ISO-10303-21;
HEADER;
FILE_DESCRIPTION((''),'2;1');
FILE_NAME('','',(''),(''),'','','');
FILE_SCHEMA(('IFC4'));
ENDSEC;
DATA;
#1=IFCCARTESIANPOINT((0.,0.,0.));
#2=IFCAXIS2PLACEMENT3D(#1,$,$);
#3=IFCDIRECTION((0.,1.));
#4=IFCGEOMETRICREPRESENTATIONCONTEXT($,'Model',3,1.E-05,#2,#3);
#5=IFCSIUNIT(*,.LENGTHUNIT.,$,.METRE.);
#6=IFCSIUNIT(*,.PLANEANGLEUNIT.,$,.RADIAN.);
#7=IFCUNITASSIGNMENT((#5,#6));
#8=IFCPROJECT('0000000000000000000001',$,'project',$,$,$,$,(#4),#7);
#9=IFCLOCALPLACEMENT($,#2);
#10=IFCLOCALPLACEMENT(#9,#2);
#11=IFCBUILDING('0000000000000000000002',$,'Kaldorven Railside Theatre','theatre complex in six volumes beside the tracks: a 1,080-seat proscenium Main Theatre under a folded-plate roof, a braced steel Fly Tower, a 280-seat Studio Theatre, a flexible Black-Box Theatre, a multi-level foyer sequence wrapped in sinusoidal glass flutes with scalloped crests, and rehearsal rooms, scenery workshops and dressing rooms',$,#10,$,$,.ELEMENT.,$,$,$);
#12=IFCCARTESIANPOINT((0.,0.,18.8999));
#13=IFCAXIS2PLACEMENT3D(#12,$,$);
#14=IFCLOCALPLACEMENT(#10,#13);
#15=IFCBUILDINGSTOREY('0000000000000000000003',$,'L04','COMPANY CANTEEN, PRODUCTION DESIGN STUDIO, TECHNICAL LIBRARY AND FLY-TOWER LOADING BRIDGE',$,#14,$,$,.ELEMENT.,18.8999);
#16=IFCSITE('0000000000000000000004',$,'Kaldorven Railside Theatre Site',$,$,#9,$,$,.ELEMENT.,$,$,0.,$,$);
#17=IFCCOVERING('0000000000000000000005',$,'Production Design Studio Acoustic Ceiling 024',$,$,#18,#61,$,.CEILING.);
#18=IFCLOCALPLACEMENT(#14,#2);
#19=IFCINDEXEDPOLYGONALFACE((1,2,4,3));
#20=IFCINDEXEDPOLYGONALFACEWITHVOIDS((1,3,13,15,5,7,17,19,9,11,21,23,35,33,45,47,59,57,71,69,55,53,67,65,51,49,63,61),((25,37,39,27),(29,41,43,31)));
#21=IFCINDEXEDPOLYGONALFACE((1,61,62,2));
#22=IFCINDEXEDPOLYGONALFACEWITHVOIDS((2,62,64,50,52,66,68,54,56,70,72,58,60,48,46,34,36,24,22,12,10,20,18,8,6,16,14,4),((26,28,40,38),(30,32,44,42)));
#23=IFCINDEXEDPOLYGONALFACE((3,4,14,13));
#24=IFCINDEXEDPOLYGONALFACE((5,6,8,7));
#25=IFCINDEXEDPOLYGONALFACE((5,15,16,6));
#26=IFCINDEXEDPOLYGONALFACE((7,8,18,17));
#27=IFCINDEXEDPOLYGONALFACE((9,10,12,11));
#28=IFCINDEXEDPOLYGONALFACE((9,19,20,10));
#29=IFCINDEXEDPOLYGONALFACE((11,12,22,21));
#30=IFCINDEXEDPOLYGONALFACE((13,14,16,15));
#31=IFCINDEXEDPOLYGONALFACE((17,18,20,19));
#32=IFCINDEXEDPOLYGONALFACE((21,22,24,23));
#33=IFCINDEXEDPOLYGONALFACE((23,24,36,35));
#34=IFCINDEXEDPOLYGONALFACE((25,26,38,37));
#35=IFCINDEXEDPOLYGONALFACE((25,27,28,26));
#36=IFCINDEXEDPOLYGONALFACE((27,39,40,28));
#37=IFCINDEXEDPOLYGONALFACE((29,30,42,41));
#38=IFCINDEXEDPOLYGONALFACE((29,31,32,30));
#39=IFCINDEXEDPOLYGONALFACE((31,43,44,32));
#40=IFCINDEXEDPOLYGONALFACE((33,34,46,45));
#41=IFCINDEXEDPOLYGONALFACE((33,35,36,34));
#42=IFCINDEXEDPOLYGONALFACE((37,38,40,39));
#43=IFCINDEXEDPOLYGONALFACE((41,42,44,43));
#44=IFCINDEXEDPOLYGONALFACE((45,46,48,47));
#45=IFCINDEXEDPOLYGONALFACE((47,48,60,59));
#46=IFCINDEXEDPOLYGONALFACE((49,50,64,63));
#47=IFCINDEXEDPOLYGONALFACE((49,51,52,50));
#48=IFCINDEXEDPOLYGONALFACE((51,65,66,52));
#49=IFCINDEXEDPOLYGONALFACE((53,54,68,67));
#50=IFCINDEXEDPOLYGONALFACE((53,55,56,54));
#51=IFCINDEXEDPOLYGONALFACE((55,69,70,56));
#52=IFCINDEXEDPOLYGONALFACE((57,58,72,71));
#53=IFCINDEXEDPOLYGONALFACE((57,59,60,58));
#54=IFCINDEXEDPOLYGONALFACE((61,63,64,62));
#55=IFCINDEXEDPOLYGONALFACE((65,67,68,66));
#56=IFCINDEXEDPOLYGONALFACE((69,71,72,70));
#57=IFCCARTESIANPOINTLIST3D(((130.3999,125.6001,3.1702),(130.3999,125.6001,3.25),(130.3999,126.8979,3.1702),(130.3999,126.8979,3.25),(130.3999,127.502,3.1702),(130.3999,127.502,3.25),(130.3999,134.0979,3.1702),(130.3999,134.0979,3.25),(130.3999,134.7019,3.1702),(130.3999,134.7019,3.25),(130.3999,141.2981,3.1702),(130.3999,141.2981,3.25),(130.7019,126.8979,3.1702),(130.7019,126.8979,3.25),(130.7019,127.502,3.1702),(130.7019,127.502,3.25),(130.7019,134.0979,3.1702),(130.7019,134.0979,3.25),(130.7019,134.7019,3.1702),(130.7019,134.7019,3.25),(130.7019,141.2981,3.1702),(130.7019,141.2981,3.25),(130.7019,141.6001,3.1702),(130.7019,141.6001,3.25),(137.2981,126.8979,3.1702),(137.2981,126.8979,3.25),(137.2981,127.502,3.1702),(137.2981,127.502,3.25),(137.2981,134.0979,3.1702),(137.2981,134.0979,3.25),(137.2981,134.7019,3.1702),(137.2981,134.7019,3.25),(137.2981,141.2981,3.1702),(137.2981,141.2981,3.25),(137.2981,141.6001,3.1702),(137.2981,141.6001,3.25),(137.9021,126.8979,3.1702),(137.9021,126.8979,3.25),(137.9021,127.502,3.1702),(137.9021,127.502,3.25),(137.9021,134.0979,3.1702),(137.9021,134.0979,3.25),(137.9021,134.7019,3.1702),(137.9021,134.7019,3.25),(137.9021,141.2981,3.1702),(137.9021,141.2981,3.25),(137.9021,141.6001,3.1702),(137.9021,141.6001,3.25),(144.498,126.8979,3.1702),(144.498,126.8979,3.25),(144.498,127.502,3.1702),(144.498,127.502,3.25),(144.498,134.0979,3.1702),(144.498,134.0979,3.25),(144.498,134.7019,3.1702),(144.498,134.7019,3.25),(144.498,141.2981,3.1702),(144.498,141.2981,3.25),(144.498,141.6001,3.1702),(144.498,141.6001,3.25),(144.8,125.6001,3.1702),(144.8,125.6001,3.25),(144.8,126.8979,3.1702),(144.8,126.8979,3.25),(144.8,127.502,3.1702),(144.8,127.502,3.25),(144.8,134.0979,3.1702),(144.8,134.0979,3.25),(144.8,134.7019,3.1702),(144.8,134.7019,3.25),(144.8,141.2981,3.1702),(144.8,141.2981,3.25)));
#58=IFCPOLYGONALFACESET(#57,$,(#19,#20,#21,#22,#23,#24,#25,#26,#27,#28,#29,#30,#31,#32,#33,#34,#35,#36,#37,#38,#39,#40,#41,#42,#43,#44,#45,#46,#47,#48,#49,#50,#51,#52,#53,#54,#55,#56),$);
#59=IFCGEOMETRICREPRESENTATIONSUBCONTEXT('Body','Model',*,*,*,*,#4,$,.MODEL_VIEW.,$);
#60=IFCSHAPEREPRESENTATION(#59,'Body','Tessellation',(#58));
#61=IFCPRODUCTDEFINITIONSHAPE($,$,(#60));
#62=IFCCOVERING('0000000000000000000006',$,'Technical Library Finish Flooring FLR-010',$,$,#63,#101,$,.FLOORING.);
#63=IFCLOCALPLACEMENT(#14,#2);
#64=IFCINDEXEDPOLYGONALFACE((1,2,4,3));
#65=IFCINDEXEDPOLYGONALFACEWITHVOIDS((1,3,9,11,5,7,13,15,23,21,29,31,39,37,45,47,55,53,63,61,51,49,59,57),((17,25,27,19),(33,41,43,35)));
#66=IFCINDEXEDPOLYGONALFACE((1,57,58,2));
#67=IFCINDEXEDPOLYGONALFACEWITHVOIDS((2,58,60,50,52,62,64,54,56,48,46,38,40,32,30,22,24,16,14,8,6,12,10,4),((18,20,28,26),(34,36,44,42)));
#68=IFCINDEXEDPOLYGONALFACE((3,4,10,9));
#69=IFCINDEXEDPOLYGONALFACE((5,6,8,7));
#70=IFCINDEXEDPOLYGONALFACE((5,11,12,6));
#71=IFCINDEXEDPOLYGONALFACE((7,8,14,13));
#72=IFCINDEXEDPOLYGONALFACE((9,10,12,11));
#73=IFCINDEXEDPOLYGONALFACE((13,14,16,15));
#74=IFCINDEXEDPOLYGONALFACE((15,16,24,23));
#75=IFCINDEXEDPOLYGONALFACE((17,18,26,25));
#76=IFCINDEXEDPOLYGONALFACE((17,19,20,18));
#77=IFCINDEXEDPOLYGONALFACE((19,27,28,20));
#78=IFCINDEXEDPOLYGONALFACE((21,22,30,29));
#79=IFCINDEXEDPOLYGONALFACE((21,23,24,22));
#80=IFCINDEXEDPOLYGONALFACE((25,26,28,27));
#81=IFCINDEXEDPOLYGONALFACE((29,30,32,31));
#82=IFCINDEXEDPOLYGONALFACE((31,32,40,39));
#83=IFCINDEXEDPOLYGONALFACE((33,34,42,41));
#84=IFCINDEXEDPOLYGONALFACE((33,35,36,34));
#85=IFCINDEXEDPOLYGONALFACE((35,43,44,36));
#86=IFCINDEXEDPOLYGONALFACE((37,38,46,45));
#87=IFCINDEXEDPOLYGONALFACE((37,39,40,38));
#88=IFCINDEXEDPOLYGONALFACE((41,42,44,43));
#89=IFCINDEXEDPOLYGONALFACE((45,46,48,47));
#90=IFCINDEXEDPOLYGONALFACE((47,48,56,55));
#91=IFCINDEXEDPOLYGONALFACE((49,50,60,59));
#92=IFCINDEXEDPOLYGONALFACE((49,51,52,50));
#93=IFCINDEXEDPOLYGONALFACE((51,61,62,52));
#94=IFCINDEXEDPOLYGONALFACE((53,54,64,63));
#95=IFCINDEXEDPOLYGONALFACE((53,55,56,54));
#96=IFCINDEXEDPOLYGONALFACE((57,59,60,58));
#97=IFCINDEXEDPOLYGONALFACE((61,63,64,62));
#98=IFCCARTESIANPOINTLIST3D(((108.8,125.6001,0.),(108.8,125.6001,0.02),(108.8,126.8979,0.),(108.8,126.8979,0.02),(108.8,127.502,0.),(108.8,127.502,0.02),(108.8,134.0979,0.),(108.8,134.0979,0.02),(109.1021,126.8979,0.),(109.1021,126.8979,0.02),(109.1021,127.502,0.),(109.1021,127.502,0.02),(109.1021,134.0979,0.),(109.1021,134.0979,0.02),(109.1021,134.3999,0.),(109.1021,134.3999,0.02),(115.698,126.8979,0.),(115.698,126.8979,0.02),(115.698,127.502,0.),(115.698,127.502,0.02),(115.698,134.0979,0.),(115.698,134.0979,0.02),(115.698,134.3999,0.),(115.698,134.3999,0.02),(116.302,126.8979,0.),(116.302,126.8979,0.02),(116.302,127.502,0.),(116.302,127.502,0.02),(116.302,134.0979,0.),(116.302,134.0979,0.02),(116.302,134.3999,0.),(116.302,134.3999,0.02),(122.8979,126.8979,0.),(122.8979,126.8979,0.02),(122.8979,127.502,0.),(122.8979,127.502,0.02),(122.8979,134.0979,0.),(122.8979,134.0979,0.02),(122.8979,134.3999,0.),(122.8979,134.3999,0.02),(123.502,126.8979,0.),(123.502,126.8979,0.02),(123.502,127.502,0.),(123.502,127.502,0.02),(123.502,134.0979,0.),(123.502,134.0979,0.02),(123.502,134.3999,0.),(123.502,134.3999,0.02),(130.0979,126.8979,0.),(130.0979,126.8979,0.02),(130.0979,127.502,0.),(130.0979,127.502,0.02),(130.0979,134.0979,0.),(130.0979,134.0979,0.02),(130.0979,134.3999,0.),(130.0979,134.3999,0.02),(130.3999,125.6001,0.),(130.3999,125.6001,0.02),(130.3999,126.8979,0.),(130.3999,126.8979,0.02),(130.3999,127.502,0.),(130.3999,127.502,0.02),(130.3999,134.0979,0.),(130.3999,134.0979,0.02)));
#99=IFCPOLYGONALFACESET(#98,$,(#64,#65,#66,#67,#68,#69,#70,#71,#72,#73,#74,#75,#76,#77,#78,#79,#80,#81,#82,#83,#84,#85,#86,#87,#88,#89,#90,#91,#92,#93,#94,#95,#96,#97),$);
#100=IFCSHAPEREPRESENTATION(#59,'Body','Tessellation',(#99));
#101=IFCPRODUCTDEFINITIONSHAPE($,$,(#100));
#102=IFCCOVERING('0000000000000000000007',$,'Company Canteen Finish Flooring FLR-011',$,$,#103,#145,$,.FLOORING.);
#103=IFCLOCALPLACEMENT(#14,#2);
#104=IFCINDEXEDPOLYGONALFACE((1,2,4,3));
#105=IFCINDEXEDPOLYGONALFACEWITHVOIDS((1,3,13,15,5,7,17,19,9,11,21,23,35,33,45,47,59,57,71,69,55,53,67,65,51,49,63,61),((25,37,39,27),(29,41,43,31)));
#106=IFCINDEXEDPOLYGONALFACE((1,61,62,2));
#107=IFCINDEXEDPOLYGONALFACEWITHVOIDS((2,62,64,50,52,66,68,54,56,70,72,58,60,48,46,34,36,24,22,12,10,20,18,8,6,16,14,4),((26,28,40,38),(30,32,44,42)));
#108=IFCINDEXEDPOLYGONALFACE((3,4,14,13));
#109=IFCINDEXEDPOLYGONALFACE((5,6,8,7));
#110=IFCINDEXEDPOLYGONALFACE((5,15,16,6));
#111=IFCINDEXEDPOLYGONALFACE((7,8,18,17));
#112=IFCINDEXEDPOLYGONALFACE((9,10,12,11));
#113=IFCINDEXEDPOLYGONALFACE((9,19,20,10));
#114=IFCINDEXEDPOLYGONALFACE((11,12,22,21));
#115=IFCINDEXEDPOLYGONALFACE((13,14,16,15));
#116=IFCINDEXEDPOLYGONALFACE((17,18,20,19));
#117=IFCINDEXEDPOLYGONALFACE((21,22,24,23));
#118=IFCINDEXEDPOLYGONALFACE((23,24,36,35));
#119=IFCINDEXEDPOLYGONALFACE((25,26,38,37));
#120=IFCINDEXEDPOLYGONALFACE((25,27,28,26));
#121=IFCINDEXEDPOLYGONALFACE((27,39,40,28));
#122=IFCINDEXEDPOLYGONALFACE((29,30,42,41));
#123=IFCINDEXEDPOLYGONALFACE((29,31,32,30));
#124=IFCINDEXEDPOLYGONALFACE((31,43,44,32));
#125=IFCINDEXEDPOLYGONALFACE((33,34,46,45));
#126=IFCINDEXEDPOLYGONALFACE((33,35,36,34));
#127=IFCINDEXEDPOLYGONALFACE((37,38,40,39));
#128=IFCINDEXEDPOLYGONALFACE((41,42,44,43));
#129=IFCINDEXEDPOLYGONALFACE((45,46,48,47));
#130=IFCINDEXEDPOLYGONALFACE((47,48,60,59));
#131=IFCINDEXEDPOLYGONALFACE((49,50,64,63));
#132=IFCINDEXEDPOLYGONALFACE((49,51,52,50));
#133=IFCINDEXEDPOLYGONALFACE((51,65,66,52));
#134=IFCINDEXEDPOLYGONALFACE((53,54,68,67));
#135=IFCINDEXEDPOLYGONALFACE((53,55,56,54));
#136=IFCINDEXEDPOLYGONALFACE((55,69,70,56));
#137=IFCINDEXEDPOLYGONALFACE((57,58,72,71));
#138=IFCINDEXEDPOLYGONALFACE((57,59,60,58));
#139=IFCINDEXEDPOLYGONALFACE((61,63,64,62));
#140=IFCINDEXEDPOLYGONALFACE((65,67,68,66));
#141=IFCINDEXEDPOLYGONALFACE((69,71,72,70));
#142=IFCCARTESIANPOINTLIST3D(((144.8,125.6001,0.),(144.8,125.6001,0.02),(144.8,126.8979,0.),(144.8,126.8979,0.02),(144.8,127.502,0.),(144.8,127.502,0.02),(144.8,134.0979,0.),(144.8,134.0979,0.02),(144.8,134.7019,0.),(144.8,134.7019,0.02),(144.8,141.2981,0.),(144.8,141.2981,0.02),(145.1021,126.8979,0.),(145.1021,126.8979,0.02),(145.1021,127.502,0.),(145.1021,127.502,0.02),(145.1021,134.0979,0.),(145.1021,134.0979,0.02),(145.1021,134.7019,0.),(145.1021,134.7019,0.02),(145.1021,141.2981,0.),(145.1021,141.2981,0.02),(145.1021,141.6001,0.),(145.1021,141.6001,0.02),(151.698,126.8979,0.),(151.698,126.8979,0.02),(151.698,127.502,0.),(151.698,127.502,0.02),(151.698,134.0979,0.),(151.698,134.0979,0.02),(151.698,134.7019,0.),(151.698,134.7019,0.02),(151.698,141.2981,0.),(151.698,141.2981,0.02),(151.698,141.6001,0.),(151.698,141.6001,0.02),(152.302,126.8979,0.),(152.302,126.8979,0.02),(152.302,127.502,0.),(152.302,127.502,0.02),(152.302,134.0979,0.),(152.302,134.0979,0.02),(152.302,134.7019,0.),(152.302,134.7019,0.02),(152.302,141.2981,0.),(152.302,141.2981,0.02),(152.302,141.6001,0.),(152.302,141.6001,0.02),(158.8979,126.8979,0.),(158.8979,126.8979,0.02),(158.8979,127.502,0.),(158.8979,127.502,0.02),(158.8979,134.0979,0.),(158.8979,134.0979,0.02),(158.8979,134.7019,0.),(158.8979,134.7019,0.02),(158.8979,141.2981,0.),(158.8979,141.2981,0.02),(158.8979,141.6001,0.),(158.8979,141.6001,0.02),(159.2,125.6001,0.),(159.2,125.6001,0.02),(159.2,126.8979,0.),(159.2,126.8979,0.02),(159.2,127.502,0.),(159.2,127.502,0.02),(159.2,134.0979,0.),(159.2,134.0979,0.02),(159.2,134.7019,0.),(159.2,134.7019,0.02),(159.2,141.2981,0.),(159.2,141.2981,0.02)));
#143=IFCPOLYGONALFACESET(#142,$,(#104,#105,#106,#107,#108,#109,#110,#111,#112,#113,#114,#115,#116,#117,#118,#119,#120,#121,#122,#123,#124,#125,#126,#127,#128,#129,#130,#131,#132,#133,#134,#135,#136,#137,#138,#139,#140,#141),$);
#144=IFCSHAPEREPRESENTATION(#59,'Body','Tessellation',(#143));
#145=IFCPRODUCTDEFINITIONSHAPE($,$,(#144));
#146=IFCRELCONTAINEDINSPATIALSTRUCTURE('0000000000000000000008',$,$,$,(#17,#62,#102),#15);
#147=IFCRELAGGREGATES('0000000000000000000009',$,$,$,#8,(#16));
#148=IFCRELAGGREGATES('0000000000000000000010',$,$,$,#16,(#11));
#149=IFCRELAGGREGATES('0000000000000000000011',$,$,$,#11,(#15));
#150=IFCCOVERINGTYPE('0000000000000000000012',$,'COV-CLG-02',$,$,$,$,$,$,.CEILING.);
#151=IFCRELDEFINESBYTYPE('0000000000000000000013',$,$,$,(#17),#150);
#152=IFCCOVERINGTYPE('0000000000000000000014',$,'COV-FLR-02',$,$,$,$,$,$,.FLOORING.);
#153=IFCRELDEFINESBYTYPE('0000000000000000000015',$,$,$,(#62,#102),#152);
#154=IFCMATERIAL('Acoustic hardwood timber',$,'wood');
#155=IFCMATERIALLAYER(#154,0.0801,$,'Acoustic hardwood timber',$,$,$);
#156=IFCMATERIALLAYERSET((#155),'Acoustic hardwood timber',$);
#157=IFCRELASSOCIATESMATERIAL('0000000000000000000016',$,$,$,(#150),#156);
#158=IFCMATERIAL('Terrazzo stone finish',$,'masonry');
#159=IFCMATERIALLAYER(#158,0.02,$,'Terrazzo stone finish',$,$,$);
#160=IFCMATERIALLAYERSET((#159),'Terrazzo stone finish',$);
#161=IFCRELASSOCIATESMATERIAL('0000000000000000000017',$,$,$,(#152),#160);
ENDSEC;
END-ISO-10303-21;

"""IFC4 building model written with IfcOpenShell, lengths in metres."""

from ifc_helpers import new_model, si_unit, direction, frame, origin, place, context, subcontext, project, spatial, polyline, outline, extrude, material, layer, layer_set, type_object, element, save


model = new_model("IFC4")

# Units and contexts
model_context = context("Model", 3, precision=1e-05, world=origin(), true_north=direction((0.0, 1.0)))
body_context = subcontext(model_context, "Body", "Model", "MODEL_VIEW")
ifc_project = project(units=[si_unit("LENGTHUNIT", "METRE"), si_unit("PLANEANGLEUNIT", "RADIAN")], contexts=[model_context])

# Site, building, storey
site_placement = place(None, origin())
site = spatial("IfcSite", under=ifc_project, at=site_placement, Name="Kaldorven Railside Theatre Site", CompositionType="ELEMENT", RefElevation=0.0)
building_placement = place(site_placement, origin())
building = spatial("IfcBuilding", under=site, at=building_placement, Name="Kaldorven Railside Theatre", Description="theatre complex in six volumes beside the tracks: a 1,080-seat proscenium Main Theatre under a folded-plate roof, a braced steel Fly Tower, a 280-seat Studio Theatre, a flexible Black-Box Theatre, a multi-level foyer sequence wrapped in sinusoidal glass flutes with scalloped crests, and rehearsal rooms, scenery workshops and dressing rooms", CompositionType="ELEMENT")
storey_placement = place(building_placement, frame((0.0, 0.0, 18.8999)))
storey = spatial("IfcBuildingStorey", under=building, at=storey_placement, Name="L04", Description="COMPANY CANTEEN, PRODUCTION DESIGN STUDIO, TECHNICAL LIBRARY AND FLY-TOWER LOADING BRIDGE", CompositionType="ELEMENT", Elevation=18.8999)

# Coverings
ifc_material_1 = material(Name="Acoustic hardwood timber", Category="wood")
ifc_layer_1 = layer(ifc_material_1, 0.0801, Name="Acoustic hardwood timber")
ifc_layer_set_1 = layer_set([ifc_layer_1], Name="Acoustic hardwood timber")
covering_type_1 = type_object("IfcCoveringType", Name="COV-CLG-02", PredefinedType="CEILING", material=ifc_layer_set_1)
covering_1_placement = place(storey_placement, frame((0.0, 0.0, 3.1702)))
element("IfcCovering", 1, at=covering_1_placement, inside=storey, type_object=covering_type_1, Name="Production Design Studio Acoustic Ceiling 024", PredefinedType="CEILING", context=body_context, shape_type="SweptSolid", body=[
    extrude(outline(polyline([(144.8, 125.6001), (130.3999, 125.6001), (130.3999, 126.8979), (130.7019, 126.8979), (130.7019, 127.502), (130.3999, 127.502), (130.3999, 134.0979), (130.7019, 134.0979), (130.7019, 134.7019), (130.3999, 134.7019), (130.3999, 141.2981), (130.7019, 141.2981), (130.7019, 141.6001), (137.2981, 141.6001), (137.2981, 141.2981), (137.9021, 141.2981), (137.9021, 141.6001), (144.498, 141.6001), (144.498, 141.2981), (144.8, 141.2981), (144.8, 134.7019), (144.498, 134.7019), (144.498, 134.0979), (144.8, 134.0979), (144.8, 127.502), (144.498, 127.502), (144.498, 126.8979), (144.8, 126.8979), (144.8, 125.6001)]), holes=[polyline([(137.2981, 134.0979), (137.9021, 134.0979), (137.9021, 134.7019), (137.2981, 134.7019), (137.2981, 134.0979)]), polyline([(137.2981, 127.502), (137.2981, 126.8979), (137.9021, 126.8979), (137.9021, 127.502), (137.2981, 127.502)])]), origin(), (0.0, 0.0, 1.0), 0.0798),
])
ifc_material_2 = material(Name="Terrazzo stone finish", Category="masonry")
ifc_layer_2 = layer(ifc_material_2, 0.02, Name="Terrazzo stone finish")
ifc_layer_set_2 = layer_set([ifc_layer_2], Name="Terrazzo stone finish")
covering_type_2 = type_object("IfcCoveringType", Name="COV-FLR-02", PredefinedType="FLOORING", material=ifc_layer_set_2)
covering_2_placement = place(storey_placement, origin())
element("IfcCovering", 2, at=covering_2_placement, inside=storey, type_object=covering_type_2, Name="Technical Library Finish Flooring FLR-010", PredefinedType="FLOORING", context=body_context, shape_type="SweptSolid", body=[
    extrude(outline(polyline([(130.3999, 125.6001), (108.8, 125.6001), (108.8, 126.8979), (109.1021, 126.8979), (109.1021, 127.502), (108.8, 127.502), (108.8, 134.0979), (109.1021, 134.0979), (109.1021, 134.3999), (115.698, 134.3999), (115.698, 134.0979), (116.302, 134.0979), (116.302, 134.3999), (122.8979, 134.3999), (122.8979, 134.0979), (123.502, 134.0979), (123.502, 134.3999), (130.0979, 134.3999), (130.0979, 134.0979), (130.3999, 134.0979), (130.3999, 127.502), (130.0979, 127.502), (130.0979, 126.8979), (130.3999, 126.8979), (130.3999, 125.6001)]), holes=[polyline([(115.698, 126.8979), (116.302, 126.8979), (116.302, 127.502), (115.698, 127.502), (115.698, 126.8979)]), polyline([(122.8979, 126.8979), (123.502, 126.8979), (123.502, 127.502), (122.8979, 127.502), (122.8979, 126.8979)])]), origin(), (0.0, 0.0, 1.0), 0.02),
])
covering_3_placement = place(storey_placement, origin())
element("IfcCovering", 3, at=covering_3_placement, inside=storey, type_object=covering_type_2, Name="Company Canteen Finish Flooring FLR-011", PredefinedType="FLOORING", context=body_context, shape_type="SweptSolid", body=[
    extrude(outline(polyline([(159.2, 125.6001), (144.8, 125.6001), (144.8, 126.8979), (145.1021, 126.8979), (145.1021, 127.502), (144.8, 127.502), (144.8, 134.0979), (145.1021, 134.0979), (145.1021, 134.7019), (144.8, 134.7019), (144.8, 141.2981), (145.1021, 141.2981), (145.1021, 141.6001), (151.698, 141.6001), (151.698, 141.2981), (152.302, 141.2981), (152.302, 141.6001), (158.8979, 141.6001), (158.8979, 141.2981), (159.2, 141.2981), (159.2, 134.7019), (158.8979, 134.7019), (158.8979, 134.0979), (159.2, 134.0979), (159.2, 127.502), (158.8979, 127.502), (158.8979, 126.8979), (159.2, 126.8979), (159.2, 125.6001)]), holes=[polyline([(151.698, 126.8979), (152.302, 126.8979), (152.302, 127.502), (151.698, 127.502), (151.698, 126.8979)]), polyline([(151.698, 134.0979), (152.302, 134.0979), (152.302, 134.7019), (151.698, 134.7019), (151.698, 134.0979)])]), origin(), (0.0, 0.0, 1.0), 0.02),
])

save(model, "model.ifc")
